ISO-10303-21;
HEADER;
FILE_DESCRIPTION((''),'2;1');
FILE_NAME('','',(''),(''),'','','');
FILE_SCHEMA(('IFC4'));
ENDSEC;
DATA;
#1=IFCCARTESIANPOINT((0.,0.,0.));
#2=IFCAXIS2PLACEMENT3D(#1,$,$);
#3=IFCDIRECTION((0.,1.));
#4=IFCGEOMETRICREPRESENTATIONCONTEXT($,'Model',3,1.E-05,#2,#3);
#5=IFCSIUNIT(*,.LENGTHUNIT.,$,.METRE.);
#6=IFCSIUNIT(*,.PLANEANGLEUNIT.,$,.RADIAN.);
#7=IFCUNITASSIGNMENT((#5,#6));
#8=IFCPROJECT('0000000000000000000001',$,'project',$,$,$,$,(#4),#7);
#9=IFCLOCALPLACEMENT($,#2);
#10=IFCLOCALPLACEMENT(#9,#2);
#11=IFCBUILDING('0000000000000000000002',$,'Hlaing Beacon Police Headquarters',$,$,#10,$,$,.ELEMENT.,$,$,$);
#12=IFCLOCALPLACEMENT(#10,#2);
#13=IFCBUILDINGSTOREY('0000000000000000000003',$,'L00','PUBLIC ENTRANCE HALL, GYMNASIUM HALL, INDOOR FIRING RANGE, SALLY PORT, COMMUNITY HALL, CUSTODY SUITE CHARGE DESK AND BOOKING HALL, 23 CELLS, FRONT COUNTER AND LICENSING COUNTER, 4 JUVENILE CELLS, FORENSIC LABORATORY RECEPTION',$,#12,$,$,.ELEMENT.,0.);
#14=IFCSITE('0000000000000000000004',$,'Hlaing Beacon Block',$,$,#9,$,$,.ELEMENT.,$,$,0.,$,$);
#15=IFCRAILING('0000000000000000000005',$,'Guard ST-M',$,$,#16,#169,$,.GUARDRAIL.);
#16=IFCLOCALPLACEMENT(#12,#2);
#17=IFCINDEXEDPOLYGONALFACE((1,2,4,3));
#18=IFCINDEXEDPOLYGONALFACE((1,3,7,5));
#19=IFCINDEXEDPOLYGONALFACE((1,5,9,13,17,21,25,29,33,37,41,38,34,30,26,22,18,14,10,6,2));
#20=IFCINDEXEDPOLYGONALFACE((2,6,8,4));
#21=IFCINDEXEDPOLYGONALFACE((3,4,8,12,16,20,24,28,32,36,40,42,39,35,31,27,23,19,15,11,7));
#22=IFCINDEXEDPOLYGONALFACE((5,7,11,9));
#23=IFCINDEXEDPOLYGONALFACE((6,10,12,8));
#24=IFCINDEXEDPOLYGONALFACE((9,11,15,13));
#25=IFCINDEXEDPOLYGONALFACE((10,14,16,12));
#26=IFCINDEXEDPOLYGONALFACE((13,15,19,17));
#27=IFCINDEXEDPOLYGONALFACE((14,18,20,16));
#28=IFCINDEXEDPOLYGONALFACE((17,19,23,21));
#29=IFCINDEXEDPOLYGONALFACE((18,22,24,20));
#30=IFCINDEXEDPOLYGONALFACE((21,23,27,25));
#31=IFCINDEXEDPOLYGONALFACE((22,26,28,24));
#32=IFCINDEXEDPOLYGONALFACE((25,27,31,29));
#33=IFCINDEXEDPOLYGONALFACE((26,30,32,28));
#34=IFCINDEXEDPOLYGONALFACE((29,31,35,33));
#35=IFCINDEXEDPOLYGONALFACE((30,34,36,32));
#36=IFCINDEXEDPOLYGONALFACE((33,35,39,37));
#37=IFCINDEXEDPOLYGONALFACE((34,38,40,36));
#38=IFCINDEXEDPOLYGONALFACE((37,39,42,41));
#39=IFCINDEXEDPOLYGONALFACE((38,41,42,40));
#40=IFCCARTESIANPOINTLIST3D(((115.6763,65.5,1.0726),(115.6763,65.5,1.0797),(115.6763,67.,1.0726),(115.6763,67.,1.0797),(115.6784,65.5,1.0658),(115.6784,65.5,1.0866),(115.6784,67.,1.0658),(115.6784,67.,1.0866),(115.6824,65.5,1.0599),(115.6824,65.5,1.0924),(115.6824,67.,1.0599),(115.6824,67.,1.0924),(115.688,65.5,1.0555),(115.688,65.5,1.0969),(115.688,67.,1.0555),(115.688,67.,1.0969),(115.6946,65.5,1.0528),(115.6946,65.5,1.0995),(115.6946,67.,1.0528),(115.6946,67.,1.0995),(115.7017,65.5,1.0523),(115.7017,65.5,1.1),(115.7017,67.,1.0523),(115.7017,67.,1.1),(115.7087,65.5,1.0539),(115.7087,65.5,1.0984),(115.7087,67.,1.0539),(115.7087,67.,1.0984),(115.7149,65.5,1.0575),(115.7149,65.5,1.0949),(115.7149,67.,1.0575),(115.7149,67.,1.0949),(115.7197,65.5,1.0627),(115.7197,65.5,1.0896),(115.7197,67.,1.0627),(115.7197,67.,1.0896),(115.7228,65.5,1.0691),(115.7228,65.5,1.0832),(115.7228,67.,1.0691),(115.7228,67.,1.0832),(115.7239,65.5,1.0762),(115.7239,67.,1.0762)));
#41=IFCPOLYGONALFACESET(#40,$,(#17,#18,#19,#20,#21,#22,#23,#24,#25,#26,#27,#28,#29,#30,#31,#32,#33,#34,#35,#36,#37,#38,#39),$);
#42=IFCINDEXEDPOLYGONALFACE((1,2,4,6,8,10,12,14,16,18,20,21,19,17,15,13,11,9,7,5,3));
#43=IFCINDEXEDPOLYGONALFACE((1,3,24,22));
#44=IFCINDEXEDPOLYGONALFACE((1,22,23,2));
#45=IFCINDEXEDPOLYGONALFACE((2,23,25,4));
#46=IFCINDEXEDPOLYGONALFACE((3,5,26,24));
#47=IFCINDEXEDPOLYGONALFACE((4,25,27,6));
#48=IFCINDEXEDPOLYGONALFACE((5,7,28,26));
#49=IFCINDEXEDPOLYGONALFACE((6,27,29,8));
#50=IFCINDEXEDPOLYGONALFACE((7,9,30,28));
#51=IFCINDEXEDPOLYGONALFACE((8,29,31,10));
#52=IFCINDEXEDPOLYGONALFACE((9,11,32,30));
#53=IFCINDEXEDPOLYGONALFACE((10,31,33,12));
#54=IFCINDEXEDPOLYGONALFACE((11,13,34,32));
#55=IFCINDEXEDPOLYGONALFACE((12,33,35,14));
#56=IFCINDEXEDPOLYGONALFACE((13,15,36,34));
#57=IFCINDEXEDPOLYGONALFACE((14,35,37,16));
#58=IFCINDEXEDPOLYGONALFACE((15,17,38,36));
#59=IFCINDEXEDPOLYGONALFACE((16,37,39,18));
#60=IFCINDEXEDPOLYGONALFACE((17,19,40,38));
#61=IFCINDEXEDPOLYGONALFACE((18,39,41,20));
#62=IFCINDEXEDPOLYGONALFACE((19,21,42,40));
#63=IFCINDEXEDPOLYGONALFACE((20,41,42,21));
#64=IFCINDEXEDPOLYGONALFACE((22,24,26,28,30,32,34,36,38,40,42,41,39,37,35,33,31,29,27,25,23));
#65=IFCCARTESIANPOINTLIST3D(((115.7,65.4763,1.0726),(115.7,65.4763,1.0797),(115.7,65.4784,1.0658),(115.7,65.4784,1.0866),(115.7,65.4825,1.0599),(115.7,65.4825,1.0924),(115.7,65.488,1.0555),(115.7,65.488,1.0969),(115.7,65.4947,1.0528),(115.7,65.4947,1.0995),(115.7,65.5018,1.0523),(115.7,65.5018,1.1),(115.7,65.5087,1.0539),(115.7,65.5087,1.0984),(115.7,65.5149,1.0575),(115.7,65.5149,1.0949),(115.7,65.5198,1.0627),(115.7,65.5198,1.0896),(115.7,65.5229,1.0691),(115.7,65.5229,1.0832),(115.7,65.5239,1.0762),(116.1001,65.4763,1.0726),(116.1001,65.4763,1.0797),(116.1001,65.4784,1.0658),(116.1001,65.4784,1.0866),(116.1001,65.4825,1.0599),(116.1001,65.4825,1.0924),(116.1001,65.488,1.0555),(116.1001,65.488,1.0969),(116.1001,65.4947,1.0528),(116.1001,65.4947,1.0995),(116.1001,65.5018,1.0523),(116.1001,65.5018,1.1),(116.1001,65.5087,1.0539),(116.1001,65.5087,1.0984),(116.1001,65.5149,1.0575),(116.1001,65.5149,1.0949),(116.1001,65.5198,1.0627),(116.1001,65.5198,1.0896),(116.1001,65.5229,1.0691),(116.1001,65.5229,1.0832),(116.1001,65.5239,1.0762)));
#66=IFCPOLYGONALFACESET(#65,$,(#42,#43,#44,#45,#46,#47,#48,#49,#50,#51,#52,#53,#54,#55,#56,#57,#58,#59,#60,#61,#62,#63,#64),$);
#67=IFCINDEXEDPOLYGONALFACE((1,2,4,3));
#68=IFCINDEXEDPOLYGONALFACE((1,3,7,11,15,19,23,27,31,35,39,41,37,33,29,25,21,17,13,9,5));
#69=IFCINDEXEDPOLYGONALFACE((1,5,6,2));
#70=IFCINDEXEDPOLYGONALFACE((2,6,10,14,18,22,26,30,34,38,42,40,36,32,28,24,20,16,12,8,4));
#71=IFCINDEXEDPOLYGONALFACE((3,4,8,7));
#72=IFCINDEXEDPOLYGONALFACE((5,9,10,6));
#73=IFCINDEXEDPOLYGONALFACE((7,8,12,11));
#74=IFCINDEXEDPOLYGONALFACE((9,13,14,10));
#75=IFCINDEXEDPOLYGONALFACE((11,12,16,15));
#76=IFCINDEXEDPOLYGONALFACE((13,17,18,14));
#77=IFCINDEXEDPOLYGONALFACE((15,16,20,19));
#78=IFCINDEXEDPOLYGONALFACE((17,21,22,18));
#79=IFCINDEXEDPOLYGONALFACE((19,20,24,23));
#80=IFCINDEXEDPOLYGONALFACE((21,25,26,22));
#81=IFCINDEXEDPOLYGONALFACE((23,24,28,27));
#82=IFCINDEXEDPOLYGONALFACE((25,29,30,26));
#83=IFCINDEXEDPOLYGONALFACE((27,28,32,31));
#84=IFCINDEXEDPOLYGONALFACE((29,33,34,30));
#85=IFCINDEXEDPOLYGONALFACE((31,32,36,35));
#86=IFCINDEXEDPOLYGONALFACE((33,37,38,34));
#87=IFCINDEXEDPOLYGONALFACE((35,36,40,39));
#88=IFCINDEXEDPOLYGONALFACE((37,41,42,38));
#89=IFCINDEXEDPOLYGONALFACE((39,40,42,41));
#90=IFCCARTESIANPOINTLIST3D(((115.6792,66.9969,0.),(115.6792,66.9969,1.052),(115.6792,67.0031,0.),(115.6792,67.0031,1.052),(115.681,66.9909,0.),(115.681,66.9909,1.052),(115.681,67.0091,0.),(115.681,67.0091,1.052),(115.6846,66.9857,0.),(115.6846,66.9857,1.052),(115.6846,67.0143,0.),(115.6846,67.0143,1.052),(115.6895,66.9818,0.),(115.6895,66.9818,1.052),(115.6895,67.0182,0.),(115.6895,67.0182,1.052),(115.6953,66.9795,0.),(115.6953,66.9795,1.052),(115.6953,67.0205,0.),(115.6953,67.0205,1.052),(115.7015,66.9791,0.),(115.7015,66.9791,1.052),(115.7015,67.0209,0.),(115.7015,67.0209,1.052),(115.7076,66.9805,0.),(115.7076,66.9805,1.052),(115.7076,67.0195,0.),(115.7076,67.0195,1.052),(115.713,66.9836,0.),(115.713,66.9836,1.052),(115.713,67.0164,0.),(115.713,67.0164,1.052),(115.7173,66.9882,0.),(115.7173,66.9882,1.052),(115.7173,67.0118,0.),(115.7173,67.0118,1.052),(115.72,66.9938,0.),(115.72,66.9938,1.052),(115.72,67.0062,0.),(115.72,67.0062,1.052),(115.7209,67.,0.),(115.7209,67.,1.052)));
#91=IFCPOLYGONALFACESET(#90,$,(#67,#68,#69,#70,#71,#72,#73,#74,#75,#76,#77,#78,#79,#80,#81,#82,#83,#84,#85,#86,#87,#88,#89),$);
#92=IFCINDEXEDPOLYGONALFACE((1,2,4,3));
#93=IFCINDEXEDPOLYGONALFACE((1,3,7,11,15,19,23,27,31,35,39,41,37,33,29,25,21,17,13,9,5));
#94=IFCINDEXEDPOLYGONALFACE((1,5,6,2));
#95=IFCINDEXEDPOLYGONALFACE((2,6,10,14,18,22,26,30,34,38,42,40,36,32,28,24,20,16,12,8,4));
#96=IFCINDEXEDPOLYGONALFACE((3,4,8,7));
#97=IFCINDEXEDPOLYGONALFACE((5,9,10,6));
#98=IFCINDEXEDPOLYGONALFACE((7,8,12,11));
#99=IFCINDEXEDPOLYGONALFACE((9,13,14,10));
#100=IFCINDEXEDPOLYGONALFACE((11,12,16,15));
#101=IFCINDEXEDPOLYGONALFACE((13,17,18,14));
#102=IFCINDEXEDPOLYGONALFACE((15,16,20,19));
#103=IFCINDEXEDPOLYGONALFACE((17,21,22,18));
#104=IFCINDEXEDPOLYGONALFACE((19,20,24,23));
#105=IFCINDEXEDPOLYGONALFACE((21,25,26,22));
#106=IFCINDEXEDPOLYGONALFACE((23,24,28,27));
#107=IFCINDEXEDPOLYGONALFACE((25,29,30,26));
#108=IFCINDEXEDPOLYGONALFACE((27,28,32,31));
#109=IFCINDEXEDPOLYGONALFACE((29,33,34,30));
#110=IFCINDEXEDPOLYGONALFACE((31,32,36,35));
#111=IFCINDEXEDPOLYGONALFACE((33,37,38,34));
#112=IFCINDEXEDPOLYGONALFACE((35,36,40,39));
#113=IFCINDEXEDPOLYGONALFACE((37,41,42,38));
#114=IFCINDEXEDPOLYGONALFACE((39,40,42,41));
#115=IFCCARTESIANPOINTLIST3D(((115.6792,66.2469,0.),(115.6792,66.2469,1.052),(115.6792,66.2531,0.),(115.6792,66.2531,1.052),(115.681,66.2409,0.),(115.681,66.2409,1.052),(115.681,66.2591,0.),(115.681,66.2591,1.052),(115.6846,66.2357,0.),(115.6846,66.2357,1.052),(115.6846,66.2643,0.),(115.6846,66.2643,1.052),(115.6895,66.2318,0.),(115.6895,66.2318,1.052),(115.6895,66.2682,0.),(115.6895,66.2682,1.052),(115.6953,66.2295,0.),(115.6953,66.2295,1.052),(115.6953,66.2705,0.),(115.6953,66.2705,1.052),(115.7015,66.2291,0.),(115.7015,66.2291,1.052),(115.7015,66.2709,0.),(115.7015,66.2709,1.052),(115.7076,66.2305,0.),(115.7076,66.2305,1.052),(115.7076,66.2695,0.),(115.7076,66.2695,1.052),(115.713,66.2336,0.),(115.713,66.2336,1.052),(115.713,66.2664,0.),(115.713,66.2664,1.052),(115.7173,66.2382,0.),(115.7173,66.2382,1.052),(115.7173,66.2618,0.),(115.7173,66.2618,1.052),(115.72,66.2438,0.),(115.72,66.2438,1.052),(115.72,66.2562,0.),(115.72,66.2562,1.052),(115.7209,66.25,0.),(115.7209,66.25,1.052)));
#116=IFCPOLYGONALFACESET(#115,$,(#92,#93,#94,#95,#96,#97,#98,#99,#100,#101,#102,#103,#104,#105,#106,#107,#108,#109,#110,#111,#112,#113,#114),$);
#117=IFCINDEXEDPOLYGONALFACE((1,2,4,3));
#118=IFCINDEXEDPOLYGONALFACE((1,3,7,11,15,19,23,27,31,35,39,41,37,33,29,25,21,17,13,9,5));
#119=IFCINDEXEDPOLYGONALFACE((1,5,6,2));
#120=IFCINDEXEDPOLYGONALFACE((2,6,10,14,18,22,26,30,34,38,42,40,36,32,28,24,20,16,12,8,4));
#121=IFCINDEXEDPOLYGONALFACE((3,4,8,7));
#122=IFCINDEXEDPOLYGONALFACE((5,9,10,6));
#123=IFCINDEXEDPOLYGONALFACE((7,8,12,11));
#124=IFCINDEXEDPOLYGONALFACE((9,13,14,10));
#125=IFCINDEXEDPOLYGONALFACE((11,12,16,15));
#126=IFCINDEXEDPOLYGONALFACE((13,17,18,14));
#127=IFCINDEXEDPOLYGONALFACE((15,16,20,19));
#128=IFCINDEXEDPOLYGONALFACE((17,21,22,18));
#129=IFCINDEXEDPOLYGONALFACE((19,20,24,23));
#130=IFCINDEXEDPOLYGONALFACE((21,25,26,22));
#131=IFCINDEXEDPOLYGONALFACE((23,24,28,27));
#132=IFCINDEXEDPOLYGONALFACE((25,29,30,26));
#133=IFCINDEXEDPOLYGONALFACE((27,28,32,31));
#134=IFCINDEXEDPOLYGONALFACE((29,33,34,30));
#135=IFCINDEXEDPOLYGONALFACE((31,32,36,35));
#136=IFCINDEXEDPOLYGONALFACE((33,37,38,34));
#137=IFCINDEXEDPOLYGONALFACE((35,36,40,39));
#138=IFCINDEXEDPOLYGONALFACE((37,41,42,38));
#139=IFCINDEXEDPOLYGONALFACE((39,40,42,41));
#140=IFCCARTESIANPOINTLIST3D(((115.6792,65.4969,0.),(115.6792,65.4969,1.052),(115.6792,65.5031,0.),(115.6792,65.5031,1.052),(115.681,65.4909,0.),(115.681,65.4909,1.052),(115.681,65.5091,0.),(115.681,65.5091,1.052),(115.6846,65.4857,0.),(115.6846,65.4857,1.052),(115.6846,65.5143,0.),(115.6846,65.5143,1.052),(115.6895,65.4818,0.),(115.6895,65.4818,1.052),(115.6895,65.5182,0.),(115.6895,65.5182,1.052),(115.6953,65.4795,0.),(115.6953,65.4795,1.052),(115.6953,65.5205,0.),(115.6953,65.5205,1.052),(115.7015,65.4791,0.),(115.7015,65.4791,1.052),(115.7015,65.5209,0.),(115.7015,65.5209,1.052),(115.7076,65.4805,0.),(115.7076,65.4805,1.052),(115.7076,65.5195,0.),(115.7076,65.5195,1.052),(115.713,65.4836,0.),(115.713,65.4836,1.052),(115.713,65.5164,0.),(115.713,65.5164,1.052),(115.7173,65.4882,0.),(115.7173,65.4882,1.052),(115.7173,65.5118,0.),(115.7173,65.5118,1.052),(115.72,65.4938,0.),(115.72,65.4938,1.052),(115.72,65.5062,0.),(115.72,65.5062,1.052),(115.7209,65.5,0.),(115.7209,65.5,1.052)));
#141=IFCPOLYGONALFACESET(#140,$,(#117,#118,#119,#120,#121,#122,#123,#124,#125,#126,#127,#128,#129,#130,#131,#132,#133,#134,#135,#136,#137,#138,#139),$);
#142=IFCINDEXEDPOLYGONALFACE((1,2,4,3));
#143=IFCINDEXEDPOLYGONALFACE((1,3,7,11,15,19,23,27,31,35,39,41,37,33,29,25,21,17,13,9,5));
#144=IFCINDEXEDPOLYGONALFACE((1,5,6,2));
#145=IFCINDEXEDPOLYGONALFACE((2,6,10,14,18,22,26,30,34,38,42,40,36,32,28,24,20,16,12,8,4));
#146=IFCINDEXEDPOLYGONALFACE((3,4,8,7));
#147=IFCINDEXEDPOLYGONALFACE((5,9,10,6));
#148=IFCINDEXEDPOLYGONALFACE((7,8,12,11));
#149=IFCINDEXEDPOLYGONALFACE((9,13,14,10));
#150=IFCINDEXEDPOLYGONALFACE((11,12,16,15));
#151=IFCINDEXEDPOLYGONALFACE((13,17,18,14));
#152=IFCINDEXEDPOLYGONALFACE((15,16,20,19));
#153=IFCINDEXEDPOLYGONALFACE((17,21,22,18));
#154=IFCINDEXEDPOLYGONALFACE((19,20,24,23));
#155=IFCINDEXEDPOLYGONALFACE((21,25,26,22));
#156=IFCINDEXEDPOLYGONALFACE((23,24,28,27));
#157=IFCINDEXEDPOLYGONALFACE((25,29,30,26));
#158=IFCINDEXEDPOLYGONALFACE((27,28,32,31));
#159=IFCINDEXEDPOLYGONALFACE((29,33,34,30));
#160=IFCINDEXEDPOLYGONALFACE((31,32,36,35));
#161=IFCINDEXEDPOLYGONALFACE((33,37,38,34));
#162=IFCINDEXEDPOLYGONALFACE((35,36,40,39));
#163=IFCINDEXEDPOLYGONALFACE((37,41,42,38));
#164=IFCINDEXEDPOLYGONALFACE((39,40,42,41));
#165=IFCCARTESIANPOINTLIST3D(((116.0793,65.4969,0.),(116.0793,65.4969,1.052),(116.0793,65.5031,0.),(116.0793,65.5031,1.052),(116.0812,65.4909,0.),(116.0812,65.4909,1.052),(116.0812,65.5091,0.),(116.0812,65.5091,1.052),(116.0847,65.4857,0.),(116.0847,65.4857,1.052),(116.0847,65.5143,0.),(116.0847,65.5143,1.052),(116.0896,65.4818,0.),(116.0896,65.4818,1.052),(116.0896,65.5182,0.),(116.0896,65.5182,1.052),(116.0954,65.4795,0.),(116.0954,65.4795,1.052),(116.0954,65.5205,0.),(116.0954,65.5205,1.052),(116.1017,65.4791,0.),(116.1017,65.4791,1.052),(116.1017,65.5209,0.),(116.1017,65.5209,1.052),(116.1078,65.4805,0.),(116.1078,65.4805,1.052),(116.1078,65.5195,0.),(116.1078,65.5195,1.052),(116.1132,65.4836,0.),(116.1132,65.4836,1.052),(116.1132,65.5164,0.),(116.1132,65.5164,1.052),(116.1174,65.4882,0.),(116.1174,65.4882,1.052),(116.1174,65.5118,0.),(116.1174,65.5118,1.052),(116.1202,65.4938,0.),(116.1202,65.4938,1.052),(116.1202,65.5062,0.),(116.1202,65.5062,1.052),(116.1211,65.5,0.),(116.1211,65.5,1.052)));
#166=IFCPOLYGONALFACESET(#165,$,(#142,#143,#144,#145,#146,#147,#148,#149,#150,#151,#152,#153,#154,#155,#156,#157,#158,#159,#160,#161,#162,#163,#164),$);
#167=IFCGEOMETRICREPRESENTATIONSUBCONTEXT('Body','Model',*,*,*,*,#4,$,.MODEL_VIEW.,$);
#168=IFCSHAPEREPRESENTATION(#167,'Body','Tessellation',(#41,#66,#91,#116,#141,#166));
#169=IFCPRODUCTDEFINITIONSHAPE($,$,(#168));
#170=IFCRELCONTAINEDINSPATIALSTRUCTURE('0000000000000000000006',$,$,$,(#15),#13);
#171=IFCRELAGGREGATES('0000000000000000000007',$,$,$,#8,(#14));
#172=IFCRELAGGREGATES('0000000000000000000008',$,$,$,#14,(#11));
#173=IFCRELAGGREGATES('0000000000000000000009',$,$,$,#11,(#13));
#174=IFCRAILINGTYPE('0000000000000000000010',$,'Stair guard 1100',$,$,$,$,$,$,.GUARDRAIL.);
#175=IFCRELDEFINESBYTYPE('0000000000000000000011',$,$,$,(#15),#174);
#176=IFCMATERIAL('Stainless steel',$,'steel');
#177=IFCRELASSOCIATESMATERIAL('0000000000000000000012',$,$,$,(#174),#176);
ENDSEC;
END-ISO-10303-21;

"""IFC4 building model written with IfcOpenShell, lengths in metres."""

from ifc_helpers import new_model, si_unit, direction, frame, origin, origin_2d, place, context, subcontext, project, spatial, circle, extrude, material, type_object, element, save


model = new_model("IFC4")

# Units and contexts
model_context = context("Model", 3, precision=1e-05, world=origin(), true_north=direction((0.0, 1.0)))
body_context = subcontext(model_context, "Body", "Model", "MODEL_VIEW")
ifc_project = project(units=[si_unit("LENGTHUNIT", "METRE"), si_unit("PLANEANGLEUNIT", "RADIAN")], contexts=[model_context])

# Site, building, storey
site_placement = place(None, origin())
site = spatial("IfcSite", under=ifc_project, at=site_placement, Name="Hlaing Beacon Block", CompositionType="ELEMENT", RefElevation=0.0)
building_placement = place(site_placement, origin())
building = spatial("IfcBuilding", under=site, at=building_placement, Name="Hlaing Beacon Police Headquarters", CompositionType="ELEMENT")
storey_placement = place(building_placement, origin())
storey = spatial("IfcBuildingStorey", under=building, at=storey_placement, Name="L00", Description="PUBLIC ENTRANCE HALL, GYMNASIUM HALL, INDOOR FIRING RANGE, SALLY PORT, COMMUNITY HALL, CUSTODY SUITE CHARGE DESK AND BOOKING HALL, 23 CELLS, FRONT COUNTER AND LICENSING COUNTER, 4 JUVENILE CELLS, FORENSIC LABORATORY RECEPTION", CompositionType="ELEMENT", Elevation=0.0)

# Railing
ifc_material_1 = material(Name="Stainless steel", Category="steel")
railing_type_1 = type_object("IfcRailingType", Name="Stair guard 1100", PredefinedType="GUARDRAIL", material=ifc_material_1)
railing_placement = place(storey_placement, frame((115.7, 67.0, 0.0)))
element("IfcRailing", 1, at=railing_placement, inside=storey, type_object=railing_type_1, Name="Guard ST-M", PredefinedType="GUARDRAIL", context=body_context, shape_type="SweptSolid", body=[
    extrude(circle(Radius=0.0239, at=origin_2d()), frame((0.0, 0.0, 1.0762), z_axis=(0.0, -1.0, 0.0), x_axis=(1.0, 0.0, 0.0)), (0.0, 0.0, 1.0), 1.5),
    extrude(circle(Radius=0.0239, at=origin_2d()), frame((0.0, -1.5, 1.0762), z_axis=(1.0, 0.0, 0.0), x_axis=(0.0, 1.0, 0.0)), (0.0, 0.0, 1.0), 0.4001),
    extrude(circle(Radius=0.021, at=origin_2d()), origin(), (0.0, 0.0, 1.0), 1.052),
    extrude(circle(Radius=0.021, at=origin_2d()), frame((0.0, -0.75, 0.0)), (0.0, 0.0, 1.0), 1.052),
    extrude(circle(Radius=0.021, at=origin_2d()), frame((0.0, -1.5, 0.0)), (0.0, 0.0, 1.0), 1.052),
    extrude(circle(Radius=0.021, at=origin_2d()), frame((0.4001, -1.5, 0.0)), (0.0, 0.0, 1.0), 1.052),
])

save(model, "model.ifc")
